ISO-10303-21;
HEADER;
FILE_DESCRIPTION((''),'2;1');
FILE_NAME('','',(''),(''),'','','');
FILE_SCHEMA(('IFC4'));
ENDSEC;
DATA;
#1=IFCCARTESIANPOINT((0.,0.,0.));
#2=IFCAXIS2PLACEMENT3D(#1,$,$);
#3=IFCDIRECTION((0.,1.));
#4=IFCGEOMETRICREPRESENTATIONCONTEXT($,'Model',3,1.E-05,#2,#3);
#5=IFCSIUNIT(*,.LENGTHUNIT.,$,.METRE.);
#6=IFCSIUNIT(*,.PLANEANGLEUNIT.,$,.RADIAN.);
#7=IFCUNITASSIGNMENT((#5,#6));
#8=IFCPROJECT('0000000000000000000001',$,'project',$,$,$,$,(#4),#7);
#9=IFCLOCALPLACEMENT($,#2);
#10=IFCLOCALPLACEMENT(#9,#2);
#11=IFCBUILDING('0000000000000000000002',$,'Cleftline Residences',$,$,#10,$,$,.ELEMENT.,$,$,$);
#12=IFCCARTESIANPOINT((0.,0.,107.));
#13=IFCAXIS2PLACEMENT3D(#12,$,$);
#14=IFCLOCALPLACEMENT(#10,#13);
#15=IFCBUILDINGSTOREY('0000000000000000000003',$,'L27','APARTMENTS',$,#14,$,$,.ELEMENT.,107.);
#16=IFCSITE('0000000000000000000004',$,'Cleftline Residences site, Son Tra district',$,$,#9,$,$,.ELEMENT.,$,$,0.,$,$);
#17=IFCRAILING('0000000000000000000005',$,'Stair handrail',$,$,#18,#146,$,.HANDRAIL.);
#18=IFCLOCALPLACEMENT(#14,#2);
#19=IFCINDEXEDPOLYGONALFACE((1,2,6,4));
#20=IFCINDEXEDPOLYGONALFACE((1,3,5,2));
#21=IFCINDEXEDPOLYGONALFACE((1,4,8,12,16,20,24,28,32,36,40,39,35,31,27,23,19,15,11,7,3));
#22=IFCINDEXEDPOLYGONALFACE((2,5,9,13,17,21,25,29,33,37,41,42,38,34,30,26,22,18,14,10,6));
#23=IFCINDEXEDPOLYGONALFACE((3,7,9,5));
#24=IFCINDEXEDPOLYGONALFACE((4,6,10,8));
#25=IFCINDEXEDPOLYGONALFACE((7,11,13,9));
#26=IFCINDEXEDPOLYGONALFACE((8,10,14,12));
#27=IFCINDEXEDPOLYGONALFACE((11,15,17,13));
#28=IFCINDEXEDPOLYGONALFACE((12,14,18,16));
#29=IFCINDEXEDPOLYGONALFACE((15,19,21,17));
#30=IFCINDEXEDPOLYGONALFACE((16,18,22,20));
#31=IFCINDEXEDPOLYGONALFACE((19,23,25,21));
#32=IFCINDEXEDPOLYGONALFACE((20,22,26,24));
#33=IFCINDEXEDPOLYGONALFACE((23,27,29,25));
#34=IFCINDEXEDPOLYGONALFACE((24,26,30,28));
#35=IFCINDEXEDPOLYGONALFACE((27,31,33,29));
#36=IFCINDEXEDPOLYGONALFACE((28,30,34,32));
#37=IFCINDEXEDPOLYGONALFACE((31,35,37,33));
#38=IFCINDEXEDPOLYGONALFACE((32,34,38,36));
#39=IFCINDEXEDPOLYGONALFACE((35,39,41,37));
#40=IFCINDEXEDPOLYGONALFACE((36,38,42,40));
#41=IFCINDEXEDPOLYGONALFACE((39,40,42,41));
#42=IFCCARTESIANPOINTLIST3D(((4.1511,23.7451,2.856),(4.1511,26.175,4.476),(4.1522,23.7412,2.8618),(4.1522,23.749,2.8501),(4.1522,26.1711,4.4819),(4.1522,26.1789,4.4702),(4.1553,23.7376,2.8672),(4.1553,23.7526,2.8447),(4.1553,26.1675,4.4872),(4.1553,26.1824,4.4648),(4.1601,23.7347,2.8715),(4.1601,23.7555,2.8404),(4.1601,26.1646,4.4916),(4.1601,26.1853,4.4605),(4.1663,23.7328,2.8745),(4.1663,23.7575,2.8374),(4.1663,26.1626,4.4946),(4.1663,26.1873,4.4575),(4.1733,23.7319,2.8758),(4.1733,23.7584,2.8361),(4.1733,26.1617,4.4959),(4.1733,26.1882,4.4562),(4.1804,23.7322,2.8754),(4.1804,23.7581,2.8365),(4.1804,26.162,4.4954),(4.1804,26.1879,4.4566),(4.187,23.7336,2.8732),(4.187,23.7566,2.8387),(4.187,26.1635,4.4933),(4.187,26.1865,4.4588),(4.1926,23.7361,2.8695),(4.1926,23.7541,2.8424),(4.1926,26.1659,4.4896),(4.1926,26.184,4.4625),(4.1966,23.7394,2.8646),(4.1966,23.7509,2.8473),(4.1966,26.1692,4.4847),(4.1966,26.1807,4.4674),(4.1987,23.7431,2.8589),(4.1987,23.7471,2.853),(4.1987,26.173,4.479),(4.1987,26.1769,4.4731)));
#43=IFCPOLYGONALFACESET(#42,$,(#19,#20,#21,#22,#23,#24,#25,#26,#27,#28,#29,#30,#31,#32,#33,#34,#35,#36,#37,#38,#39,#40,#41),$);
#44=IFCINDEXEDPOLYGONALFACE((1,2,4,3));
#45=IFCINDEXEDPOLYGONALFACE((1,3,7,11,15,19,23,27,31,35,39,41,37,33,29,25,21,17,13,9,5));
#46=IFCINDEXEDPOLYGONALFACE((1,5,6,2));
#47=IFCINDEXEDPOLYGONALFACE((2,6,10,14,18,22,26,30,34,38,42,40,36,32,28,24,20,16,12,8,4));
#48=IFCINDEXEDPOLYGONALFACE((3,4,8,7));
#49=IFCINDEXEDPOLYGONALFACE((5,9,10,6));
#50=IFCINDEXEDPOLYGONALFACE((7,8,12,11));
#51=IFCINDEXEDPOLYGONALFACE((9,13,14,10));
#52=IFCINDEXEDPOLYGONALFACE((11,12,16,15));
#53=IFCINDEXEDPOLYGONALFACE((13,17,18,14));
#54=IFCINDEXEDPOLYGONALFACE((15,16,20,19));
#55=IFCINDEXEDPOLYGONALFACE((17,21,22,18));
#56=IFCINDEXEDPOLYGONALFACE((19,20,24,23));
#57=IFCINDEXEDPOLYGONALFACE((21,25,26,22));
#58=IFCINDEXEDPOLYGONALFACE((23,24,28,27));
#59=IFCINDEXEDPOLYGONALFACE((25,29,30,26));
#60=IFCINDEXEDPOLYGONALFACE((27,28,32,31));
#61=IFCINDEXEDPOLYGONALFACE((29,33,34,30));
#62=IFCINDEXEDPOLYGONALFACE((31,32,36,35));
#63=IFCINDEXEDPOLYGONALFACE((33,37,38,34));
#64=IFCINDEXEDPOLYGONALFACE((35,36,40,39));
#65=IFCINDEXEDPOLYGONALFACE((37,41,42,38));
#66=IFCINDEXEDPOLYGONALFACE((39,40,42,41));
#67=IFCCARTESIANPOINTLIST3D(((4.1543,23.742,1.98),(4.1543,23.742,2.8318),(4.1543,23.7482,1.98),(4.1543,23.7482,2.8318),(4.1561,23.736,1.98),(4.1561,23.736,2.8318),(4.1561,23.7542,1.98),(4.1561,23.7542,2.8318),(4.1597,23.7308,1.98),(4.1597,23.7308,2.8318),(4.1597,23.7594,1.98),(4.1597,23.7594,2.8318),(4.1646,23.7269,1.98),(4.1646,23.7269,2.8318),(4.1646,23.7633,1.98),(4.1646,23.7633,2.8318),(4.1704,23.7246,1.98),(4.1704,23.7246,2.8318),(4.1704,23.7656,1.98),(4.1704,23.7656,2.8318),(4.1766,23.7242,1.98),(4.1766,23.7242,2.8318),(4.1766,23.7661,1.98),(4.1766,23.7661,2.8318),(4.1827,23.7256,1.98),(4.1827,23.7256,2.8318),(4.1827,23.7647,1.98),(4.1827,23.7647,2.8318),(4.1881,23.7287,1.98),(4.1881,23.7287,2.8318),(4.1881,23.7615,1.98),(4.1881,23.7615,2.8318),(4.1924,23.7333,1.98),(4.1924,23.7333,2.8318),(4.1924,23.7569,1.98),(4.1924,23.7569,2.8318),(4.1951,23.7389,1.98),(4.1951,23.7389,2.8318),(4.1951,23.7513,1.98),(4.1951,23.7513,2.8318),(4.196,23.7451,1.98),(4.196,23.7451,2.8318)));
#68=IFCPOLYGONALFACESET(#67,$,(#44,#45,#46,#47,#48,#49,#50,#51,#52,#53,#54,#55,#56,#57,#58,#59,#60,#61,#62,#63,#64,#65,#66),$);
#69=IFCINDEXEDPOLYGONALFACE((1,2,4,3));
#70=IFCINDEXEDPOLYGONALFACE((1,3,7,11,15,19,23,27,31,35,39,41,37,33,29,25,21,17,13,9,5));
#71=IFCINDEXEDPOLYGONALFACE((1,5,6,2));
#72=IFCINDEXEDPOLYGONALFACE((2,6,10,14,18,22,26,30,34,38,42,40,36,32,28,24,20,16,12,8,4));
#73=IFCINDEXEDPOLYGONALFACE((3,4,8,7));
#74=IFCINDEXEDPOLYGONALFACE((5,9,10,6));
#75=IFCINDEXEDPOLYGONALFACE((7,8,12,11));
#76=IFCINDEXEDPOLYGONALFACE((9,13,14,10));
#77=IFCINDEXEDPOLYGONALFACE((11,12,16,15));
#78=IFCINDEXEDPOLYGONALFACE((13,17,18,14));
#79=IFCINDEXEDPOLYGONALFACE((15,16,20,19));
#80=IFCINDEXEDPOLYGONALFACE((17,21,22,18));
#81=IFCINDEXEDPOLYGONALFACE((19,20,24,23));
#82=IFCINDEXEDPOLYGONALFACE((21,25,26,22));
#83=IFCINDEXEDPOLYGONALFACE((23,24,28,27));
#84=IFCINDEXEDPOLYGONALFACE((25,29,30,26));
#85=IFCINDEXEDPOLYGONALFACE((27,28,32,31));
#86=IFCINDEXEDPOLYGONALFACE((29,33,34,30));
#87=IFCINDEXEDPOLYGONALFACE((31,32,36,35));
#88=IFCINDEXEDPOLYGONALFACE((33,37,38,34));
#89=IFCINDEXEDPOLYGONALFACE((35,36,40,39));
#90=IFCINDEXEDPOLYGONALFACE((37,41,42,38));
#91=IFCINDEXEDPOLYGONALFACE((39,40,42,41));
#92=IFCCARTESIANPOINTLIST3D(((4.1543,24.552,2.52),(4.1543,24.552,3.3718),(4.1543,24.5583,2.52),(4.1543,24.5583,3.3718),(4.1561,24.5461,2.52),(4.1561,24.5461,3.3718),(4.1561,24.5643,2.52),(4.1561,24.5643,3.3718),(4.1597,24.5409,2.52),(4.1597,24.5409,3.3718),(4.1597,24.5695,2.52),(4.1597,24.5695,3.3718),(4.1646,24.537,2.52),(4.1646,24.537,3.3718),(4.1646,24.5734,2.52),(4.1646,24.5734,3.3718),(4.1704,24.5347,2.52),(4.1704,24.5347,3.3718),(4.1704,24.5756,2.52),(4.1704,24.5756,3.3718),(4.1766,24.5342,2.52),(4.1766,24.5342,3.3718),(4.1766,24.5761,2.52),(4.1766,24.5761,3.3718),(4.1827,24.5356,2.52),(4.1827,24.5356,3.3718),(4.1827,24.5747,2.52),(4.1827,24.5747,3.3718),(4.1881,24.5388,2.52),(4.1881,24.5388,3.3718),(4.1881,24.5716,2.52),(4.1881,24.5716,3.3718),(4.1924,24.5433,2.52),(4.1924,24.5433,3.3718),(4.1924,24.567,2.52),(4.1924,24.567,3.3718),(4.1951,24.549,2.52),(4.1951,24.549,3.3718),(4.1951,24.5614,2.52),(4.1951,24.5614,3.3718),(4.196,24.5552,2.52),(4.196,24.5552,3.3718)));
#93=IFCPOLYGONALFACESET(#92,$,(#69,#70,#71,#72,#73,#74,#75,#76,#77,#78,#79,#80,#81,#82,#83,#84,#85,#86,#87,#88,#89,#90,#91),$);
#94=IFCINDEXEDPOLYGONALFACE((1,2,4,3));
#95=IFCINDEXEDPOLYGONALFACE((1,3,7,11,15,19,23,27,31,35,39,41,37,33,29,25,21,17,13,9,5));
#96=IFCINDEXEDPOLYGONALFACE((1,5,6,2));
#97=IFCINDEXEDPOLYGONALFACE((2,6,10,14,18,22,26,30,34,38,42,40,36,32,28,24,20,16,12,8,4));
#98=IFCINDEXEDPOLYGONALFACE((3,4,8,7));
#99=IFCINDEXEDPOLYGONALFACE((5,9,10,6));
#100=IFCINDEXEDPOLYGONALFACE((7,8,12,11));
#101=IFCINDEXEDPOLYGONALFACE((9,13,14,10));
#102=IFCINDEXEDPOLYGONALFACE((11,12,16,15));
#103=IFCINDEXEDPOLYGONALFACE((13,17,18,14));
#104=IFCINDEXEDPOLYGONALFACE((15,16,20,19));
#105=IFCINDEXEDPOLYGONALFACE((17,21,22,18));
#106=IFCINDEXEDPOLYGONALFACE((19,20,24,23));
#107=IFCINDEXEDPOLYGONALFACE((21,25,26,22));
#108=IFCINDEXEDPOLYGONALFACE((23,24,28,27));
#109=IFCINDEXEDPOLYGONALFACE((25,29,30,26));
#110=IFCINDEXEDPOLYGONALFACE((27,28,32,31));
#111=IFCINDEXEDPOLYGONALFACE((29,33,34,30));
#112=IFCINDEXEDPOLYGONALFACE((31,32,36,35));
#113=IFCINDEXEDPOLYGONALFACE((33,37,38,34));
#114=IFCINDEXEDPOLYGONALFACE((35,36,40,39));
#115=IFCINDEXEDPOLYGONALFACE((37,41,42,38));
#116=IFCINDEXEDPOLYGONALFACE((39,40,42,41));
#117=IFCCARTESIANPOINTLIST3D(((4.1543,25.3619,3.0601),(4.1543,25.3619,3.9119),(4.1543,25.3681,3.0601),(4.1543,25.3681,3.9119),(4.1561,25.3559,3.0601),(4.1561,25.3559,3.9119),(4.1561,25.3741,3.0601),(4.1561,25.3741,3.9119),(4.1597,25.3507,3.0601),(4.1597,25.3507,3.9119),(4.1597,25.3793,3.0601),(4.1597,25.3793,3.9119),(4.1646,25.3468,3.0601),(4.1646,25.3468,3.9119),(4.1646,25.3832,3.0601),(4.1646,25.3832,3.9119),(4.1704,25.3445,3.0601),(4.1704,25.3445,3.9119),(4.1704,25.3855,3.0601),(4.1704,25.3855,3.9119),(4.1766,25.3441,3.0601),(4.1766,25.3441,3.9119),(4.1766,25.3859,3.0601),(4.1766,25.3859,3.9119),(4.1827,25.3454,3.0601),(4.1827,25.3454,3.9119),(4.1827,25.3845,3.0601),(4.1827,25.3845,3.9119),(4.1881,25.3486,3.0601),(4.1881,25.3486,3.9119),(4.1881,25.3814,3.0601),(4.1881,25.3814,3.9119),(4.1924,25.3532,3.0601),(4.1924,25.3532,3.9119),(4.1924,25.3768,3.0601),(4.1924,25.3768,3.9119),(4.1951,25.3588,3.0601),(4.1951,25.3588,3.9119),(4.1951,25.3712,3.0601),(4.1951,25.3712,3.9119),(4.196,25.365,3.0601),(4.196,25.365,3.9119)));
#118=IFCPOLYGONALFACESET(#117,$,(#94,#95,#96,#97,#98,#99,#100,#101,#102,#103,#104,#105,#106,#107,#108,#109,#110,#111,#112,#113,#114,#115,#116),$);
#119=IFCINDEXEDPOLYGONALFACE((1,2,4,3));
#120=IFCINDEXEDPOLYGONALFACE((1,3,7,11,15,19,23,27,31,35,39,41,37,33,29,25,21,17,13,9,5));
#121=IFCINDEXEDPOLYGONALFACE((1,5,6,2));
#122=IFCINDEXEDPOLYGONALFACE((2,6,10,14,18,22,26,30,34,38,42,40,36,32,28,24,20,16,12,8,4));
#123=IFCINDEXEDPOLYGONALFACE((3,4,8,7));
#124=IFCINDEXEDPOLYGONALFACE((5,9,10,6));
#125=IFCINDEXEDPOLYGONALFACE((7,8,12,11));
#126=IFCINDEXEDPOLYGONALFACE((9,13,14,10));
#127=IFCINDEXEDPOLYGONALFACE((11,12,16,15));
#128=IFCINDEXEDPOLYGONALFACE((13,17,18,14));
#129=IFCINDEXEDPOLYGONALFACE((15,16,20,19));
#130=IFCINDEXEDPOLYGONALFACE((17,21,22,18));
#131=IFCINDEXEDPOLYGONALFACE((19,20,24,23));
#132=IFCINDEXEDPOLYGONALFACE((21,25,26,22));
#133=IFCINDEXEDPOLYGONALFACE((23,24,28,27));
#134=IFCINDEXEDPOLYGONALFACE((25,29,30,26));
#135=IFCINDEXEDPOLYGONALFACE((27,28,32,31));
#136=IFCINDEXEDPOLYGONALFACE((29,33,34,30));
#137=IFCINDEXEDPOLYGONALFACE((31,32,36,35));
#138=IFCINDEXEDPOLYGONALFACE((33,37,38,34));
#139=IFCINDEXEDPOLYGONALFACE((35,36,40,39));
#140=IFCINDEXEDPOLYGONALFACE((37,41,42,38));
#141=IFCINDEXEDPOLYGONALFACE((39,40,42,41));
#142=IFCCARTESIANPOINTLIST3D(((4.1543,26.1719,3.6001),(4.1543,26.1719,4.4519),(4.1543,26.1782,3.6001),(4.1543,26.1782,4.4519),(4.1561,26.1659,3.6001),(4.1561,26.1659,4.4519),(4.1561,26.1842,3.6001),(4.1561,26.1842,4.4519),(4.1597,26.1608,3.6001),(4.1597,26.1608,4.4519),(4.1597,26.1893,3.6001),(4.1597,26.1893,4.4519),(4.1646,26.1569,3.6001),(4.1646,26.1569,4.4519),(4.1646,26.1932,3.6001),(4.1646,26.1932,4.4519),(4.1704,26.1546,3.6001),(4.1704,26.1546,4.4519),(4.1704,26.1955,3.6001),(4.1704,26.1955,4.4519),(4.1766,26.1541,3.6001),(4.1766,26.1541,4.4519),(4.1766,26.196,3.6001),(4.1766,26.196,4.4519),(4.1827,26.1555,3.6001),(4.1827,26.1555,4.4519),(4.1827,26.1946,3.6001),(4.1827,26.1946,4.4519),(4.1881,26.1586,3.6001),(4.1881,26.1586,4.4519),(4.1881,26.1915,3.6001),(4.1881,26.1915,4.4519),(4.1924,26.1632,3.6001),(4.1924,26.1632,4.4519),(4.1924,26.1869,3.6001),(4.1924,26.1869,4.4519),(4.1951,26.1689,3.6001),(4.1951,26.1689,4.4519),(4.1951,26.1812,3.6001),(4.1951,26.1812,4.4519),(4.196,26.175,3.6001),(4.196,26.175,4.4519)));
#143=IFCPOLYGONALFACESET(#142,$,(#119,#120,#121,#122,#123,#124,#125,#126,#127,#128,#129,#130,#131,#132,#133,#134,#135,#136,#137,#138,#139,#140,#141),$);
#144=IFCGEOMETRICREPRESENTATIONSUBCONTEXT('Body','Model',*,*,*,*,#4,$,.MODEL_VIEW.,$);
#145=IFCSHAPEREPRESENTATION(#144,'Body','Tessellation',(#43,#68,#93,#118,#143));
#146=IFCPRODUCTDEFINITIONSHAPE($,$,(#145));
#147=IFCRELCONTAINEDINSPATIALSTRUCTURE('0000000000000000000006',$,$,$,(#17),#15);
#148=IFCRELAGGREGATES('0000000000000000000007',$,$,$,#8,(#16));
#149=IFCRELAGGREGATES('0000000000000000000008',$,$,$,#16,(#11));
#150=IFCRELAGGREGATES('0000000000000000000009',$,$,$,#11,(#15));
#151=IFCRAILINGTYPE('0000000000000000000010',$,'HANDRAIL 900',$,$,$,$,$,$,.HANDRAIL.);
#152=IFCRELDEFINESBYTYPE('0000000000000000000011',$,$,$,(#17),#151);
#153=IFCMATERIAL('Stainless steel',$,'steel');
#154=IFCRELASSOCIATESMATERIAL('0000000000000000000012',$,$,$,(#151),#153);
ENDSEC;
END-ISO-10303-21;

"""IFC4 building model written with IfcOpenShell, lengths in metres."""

from ifc_helpers import new_model, si_unit, direction, frame, origin, origin_2d, place, context, subcontext, project, spatial, circle, extrude, material, type_object, element, save


model = new_model("IFC4")

# Units and contexts
model_context = context("Model", 3, precision=1e-05, world=origin(), true_north=direction((0.0, 1.0)))
body_context = subcontext(model_context, "Body", "Model", "MODEL_VIEW")
ifc_project = project(units=[si_unit("LENGTHUNIT", "METRE"), si_unit("PLANEANGLEUNIT", "RADIAN")], contexts=[model_context])

# Site, building, storey
site_placement = place(None, origin())
site = spatial("IfcSite", under=ifc_project, at=site_placement, Name="Cleftline Residences site, Son Tra district", CompositionType="ELEMENT", RefElevation=0.0)
building_placement = place(site_placement, origin())
building = spatial("IfcBuilding", under=site, at=building_placement, Name="Cleftline Residences", CompositionType="ELEMENT")
storey_placement = place(building_placement, frame((0.0, 0.0, 107.0)))
storey = spatial("IfcBuildingStorey", under=building, at=storey_placement, Name="L27", Description="APARTMENTS", CompositionType="ELEMENT", Elevation=107.0)

# Railing
ifc_material_1 = material(Name="Stainless steel", Category="steel")
railing_type = type_object("IfcRailingType", Name="HANDRAIL 900", PredefinedType="HANDRAIL", material=ifc_material_1)
railing_1_placement = place(storey_placement, frame((4.175, 23.7451, 1.98)))
element("IfcRailing", 1, at=railing_1_placement, inside=storey, type_object=railing_type, Name="Stair handrail", PredefinedType="HANDRAIL", context=body_context, shape_type="SweptSolid", body=[
    extrude(circle(Radius=0.0239, at=origin_2d()), frame((0.0, 0.0, 0.876), z_axis=(0.0, 0.832025, 0.554739), x_axis=(-1.0, 0.0, 0.0)), (0.0, 0.0, 1.0), 2.9204),
    extrude(circle(Radius=0.021, at=origin_2d()), origin(), (0.0, 0.0, 1.0), 0.8518),
    extrude(circle(Radius=0.021, at=origin_2d()), frame((0.0, 0.8101, 0.54)), (0.0, 0.0, 1.0), 0.8518),
    extrude(circle(Radius=0.021, at=origin_2d()), frame((0.0, 1.6199, 1.0801)), (0.0, 0.0, 1.0), 0.8518),
    extrude(circle(Radius=0.021, at=origin_2d()), frame((0.0, 2.4299, 1.6201)), (0.0, 0.0, 1.0), 0.8518),
])

save(model, "model.ifc")
